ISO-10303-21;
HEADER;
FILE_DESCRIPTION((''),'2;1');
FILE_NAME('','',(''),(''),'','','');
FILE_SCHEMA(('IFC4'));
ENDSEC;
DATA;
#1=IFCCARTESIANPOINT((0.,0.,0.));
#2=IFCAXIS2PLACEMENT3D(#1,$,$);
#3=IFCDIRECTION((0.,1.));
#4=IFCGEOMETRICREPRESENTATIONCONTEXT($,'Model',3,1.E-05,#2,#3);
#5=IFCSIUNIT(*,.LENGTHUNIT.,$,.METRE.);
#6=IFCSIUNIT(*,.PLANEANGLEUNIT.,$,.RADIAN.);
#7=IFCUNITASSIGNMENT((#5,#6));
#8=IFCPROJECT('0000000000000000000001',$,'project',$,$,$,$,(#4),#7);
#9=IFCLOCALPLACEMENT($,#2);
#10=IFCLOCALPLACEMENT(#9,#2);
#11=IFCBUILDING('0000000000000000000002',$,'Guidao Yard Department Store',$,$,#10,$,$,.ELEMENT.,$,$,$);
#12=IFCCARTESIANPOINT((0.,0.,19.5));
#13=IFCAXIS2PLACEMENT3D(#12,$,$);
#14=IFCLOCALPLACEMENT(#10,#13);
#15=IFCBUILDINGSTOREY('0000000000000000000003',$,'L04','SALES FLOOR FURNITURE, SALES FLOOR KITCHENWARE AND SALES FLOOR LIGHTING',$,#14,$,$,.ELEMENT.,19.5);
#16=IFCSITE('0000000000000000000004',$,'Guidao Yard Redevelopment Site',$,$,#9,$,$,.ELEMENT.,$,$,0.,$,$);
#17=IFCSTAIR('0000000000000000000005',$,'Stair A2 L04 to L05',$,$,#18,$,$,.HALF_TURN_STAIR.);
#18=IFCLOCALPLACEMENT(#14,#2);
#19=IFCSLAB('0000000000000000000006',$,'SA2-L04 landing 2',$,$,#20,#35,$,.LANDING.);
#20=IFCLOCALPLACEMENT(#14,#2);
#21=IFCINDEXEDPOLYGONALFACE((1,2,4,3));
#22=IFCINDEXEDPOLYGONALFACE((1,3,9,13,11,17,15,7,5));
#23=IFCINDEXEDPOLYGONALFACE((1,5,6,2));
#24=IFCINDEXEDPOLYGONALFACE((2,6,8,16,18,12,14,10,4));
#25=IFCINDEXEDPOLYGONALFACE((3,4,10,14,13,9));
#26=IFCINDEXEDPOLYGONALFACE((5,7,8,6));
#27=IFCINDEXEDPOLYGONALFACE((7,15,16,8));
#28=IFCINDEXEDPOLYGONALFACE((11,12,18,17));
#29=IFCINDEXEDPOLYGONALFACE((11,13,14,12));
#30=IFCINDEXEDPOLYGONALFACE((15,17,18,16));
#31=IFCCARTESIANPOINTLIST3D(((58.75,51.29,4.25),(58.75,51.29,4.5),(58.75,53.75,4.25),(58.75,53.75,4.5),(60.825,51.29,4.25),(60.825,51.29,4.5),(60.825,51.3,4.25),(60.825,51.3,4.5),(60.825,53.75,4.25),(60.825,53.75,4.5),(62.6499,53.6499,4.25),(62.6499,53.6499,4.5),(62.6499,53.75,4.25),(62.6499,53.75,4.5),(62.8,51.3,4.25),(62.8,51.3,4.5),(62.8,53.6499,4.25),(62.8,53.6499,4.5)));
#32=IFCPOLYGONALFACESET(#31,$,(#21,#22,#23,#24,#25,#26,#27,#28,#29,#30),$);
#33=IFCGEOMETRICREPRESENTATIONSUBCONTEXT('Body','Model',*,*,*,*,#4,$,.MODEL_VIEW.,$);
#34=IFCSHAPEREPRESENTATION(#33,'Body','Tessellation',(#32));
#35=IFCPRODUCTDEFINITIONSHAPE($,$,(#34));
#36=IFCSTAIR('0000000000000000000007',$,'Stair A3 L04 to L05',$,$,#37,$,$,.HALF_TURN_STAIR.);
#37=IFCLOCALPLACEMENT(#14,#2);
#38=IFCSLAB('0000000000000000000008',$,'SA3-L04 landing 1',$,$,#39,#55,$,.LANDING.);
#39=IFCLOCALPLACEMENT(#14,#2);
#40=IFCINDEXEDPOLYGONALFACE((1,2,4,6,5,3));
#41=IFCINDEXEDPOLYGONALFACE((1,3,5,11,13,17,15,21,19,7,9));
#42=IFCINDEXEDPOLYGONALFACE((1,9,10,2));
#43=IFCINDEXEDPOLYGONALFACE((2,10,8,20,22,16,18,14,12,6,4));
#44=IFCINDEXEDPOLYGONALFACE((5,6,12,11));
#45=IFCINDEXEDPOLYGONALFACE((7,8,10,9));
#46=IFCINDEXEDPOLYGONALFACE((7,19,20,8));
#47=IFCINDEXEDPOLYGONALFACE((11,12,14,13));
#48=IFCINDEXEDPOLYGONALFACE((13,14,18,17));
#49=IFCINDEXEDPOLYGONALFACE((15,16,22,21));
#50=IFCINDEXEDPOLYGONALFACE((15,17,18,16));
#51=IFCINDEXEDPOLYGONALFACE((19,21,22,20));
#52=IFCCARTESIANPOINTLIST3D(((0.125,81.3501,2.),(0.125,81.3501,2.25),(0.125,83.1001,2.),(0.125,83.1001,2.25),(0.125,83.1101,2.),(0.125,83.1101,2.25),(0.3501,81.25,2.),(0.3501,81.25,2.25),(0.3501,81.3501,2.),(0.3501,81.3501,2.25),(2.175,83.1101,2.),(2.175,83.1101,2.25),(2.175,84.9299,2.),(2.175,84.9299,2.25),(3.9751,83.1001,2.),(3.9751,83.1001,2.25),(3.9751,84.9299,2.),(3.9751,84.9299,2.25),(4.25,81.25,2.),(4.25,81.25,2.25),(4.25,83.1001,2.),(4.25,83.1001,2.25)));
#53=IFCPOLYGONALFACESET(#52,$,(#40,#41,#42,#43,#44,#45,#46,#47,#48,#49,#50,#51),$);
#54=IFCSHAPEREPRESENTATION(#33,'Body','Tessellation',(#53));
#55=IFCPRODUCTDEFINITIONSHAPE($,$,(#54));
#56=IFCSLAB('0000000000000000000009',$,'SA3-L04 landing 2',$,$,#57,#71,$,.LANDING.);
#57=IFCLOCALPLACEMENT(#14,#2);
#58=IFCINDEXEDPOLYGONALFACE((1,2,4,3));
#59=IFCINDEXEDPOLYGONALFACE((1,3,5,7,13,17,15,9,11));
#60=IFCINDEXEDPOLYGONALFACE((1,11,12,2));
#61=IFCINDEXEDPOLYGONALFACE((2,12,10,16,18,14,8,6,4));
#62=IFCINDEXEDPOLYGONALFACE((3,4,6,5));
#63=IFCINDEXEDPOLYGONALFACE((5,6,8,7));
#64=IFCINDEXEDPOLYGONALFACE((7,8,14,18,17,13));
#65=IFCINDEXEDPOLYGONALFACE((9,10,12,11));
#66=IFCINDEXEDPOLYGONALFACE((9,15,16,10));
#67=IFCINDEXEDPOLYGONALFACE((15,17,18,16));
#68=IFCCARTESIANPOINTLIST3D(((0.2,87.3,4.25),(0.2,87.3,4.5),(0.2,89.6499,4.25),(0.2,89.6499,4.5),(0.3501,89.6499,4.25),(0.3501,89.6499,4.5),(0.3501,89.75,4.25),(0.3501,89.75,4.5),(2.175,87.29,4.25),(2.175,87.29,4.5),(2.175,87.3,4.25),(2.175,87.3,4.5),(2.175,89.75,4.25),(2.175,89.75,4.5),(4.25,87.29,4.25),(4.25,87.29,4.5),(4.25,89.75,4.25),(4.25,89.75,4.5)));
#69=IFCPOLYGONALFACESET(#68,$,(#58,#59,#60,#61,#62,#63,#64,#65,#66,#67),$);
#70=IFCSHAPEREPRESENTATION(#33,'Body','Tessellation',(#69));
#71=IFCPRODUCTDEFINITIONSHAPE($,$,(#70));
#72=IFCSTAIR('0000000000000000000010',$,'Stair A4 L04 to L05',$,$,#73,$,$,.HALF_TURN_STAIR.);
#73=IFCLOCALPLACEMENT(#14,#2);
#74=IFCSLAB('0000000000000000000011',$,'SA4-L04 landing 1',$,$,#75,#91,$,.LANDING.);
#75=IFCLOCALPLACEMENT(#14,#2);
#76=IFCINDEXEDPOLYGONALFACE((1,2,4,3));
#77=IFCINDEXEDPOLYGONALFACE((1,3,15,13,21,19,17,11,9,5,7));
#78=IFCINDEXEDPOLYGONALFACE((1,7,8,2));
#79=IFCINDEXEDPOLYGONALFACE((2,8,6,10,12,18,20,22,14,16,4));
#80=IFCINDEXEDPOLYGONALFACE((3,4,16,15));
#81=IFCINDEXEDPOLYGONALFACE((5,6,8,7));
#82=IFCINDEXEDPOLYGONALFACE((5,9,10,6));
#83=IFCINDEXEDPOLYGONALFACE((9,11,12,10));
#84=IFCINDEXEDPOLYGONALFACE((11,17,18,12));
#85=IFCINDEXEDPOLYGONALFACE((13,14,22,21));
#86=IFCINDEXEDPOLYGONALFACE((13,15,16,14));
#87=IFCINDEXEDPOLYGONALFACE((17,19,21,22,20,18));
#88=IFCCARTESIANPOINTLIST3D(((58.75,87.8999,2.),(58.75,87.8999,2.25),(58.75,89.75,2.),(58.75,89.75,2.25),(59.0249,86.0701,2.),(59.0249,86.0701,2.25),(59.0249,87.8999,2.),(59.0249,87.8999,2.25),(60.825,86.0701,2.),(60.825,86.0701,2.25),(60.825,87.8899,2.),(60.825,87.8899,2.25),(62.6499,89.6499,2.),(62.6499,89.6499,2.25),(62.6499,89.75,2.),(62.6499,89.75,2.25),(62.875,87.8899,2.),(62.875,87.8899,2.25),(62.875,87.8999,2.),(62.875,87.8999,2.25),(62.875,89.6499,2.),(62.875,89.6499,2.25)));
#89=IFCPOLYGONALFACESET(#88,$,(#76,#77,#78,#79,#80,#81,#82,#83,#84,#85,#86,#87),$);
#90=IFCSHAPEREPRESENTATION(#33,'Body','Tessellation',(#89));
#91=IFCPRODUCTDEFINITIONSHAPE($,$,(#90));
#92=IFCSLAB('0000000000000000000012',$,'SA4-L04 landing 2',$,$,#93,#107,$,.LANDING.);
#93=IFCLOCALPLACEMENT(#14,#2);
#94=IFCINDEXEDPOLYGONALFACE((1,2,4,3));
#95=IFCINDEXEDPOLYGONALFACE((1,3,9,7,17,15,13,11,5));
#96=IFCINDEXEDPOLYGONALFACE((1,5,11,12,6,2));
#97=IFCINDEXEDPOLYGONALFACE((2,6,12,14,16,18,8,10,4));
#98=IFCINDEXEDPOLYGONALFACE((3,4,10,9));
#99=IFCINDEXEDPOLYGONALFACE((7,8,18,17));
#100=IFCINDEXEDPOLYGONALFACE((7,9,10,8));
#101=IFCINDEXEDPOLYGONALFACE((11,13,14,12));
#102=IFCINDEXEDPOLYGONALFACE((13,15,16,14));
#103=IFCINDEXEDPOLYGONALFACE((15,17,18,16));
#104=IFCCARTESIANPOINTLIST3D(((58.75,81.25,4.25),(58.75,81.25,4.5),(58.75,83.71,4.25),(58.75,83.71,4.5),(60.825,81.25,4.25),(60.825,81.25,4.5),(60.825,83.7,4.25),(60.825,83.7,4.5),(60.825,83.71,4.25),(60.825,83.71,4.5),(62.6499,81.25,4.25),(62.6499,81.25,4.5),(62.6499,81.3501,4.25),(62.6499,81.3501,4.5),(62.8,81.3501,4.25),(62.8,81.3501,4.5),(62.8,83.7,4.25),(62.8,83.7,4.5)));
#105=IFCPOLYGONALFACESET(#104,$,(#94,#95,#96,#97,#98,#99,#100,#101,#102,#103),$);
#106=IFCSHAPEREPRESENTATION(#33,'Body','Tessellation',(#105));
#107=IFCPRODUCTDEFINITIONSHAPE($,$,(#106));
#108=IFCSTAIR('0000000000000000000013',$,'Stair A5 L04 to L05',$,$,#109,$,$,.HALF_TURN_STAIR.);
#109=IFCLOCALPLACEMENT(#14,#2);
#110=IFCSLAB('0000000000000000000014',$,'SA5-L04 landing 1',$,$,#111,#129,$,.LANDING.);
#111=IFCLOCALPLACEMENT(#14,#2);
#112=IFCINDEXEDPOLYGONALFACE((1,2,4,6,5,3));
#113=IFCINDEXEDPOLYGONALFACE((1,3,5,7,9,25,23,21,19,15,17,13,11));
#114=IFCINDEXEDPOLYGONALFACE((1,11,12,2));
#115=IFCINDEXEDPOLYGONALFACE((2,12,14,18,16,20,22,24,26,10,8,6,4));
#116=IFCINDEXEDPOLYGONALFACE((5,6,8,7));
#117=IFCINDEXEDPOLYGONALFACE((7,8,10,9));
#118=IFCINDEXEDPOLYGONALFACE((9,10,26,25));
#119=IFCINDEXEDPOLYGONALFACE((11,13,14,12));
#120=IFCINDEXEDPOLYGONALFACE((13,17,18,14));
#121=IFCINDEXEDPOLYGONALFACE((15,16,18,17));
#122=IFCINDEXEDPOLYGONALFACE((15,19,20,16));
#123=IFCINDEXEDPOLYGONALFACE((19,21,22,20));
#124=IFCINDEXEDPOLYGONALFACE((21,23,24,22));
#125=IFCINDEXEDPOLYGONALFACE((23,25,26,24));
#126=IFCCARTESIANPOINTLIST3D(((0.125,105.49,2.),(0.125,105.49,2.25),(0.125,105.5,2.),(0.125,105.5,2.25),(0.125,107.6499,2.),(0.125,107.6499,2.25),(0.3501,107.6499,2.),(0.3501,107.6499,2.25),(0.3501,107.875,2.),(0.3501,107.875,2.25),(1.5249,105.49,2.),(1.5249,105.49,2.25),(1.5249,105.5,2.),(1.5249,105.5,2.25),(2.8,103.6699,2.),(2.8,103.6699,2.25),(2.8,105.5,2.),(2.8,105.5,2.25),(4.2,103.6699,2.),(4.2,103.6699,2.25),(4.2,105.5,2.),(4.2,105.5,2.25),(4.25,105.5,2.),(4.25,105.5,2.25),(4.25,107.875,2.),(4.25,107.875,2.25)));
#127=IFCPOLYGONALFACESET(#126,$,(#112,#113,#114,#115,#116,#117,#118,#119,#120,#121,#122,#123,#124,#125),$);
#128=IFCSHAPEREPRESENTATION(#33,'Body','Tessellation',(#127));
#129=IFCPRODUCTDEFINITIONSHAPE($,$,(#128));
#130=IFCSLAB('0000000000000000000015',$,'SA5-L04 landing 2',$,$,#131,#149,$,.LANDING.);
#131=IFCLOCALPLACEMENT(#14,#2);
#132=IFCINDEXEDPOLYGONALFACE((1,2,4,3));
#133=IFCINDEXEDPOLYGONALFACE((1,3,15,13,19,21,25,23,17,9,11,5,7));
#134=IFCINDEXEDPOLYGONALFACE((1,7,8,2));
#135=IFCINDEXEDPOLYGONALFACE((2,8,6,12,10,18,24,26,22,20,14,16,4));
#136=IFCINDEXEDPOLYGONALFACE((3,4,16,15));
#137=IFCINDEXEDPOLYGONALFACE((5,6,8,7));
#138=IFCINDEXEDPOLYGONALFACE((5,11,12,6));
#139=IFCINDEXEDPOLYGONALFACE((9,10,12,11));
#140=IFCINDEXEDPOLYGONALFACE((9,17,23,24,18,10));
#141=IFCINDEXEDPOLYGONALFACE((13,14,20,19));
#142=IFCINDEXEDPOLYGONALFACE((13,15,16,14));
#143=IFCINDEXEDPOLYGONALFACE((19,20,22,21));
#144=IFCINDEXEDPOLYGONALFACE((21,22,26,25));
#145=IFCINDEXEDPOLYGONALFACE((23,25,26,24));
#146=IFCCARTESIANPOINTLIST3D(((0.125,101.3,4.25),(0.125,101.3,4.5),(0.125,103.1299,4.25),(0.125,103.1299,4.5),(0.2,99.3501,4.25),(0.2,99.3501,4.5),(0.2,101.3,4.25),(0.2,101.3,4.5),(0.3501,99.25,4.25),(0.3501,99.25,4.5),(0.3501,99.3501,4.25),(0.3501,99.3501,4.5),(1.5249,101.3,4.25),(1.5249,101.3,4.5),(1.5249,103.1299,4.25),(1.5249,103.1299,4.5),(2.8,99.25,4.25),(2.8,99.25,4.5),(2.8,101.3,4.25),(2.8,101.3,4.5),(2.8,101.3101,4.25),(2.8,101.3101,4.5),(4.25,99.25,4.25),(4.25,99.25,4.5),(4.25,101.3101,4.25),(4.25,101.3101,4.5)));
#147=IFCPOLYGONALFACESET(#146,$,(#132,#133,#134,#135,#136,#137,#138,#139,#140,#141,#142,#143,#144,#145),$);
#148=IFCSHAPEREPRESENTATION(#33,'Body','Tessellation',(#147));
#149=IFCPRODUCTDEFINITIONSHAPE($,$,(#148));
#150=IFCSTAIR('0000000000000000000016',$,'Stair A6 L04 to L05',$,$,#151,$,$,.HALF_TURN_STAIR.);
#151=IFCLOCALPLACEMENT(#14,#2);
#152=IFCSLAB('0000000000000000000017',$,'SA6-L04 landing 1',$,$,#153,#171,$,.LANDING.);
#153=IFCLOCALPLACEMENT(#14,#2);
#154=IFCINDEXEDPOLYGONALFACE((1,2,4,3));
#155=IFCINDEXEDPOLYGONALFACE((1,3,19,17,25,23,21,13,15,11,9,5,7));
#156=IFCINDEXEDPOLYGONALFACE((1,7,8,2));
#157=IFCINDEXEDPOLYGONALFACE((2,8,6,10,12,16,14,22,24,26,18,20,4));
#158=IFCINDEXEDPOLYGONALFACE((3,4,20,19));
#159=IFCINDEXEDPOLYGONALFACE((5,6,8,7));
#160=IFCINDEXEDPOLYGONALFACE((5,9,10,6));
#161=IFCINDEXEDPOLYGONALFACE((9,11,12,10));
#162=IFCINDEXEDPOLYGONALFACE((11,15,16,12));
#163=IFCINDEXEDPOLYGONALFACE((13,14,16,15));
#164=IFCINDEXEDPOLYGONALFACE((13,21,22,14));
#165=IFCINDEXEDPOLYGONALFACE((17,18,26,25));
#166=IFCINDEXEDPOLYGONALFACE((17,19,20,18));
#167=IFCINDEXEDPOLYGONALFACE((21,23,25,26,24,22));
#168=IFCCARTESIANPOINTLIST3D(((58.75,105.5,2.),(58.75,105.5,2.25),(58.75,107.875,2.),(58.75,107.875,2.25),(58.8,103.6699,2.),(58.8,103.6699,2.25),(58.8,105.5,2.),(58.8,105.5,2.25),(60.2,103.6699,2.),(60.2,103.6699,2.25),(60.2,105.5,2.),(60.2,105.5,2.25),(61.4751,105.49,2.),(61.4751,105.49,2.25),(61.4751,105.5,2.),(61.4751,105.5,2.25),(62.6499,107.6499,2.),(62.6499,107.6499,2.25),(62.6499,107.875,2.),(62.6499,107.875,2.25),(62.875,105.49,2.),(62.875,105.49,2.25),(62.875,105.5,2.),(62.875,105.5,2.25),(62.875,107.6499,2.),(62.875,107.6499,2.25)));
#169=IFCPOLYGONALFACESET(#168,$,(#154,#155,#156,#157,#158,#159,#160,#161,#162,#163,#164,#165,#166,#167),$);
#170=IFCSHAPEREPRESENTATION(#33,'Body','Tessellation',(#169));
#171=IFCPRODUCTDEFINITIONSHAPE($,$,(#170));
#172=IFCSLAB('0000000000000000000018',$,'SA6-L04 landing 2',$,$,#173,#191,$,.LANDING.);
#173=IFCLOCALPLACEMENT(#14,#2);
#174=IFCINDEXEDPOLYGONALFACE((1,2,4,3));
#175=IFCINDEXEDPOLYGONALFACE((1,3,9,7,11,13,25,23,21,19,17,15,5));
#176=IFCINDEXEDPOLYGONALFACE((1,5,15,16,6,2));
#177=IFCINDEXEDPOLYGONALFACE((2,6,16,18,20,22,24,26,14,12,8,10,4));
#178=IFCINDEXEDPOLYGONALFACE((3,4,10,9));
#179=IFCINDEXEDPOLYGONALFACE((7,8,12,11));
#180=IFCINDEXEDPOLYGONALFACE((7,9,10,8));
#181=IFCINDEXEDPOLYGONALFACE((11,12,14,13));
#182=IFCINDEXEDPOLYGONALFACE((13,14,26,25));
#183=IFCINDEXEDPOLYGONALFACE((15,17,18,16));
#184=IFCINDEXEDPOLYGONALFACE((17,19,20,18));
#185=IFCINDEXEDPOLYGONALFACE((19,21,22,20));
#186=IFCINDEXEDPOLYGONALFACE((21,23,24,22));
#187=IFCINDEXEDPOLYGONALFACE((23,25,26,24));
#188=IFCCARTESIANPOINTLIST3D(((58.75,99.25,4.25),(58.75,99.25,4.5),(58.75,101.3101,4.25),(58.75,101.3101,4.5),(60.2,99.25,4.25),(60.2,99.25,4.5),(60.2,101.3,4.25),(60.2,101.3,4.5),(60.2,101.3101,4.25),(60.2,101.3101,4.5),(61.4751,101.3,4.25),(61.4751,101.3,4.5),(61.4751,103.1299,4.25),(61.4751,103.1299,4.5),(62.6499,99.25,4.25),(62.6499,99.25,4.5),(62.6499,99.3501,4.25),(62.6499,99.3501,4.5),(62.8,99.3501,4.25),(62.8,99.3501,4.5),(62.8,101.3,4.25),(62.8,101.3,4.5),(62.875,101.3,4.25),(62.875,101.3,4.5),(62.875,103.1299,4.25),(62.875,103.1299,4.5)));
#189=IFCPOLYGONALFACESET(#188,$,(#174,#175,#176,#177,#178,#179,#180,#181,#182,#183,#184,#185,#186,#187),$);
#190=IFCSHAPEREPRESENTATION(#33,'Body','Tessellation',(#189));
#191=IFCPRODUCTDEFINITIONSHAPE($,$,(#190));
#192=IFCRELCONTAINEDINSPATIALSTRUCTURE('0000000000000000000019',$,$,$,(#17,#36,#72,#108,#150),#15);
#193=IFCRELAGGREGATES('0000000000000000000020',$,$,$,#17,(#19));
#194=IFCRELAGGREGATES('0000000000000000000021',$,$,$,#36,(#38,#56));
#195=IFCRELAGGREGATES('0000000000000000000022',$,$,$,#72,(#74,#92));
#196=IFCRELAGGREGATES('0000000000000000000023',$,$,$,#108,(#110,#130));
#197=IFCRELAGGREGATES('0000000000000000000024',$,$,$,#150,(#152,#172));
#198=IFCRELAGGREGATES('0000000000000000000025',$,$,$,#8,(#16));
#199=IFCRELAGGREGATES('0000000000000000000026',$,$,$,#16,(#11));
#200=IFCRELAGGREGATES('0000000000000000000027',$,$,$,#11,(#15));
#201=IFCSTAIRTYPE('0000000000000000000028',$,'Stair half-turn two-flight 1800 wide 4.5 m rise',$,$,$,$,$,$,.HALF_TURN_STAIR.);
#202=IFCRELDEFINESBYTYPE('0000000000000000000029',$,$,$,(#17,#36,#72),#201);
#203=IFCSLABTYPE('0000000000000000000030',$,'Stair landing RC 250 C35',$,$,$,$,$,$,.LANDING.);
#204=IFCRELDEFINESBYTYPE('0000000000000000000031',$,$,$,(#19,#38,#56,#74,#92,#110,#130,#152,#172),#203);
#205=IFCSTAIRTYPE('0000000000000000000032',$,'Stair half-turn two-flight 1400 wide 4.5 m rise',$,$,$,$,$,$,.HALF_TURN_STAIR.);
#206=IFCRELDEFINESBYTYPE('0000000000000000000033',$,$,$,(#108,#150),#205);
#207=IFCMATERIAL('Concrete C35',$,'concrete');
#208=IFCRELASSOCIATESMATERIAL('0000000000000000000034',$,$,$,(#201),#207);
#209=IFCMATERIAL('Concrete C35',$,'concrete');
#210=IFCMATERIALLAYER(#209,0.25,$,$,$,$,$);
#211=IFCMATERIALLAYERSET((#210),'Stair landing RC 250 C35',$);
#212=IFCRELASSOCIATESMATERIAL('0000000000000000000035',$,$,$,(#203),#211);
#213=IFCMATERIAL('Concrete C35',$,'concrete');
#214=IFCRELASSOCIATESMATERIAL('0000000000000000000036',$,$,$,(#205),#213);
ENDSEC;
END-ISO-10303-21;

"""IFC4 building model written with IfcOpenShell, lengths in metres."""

from ifc_helpers import new_model, si_unit, direction, frame, origin, place, context, subcontext, project, spatial, polyline, outline, extrude, material, layer, layer_set, type_object, element, aggregate, save


model = new_model("IFC4")

# Units and contexts
model_context = context("Model", 3, precision=1e-05, world=origin(), true_north=direction((0.0, 1.0)))
body_context = subcontext(model_context, "Body", "Model", "MODEL_VIEW")
ifc_project = project(units=[si_unit("LENGTHUNIT", "METRE"), si_unit("PLANEANGLEUNIT", "RADIAN")], contexts=[model_context])

# Site, building, storey
site_placement = place(None, origin())
site = spatial("IfcSite", under=ifc_project, at=site_placement, Name="Guidao Yard Redevelopment Site", CompositionType="ELEMENT", RefElevation=0.0)
building_placement = place(site_placement, origin())
building = spatial("IfcBuilding", under=site, at=building_placement, Name="Guidao Yard Department Store", CompositionType="ELEMENT")
storey_placement = place(building_placement, frame((0.0, 0.0, 19.5)))
storey = spatial("IfcBuildingStorey", under=building, at=storey_placement, Name="L04", Description="SALES FLOOR FURNITURE, SALES FLOOR KITCHENWARE AND SALES FLOOR LIGHTING", CompositionType="ELEMENT", Elevation=19.5)

# Stairs, slabs
ifc_material_1 = material(Name="Concrete C35", Category="concrete")
stair_type_1 = type_object("IfcStairType", Name="Stair half-turn two-flight 1800 wide 4.5 m rise", PredefinedType="HALF_TURN_STAIR", material=ifc_material_1)
ifc_material_2 = material(Name="Concrete C35", Category="concrete")
ifc_layer_1 = layer(ifc_material_2, 0.25)
ifc_layer_set_1 = layer_set([ifc_layer_1], Name="Stair landing RC 250 C35")
slab_type_1 = type_object("IfcSlabType", Name="Stair landing RC 250 C35", PredefinedType="LANDING", material=ifc_layer_set_1)
stair_1_placement = place(storey_placement, origin())
stair_1 = element("IfcStair", 1, at=stair_1_placement, inside=storey, type_object=stair_type_1, Name="Stair A2 L04 to L05", PredefinedType="HALF_TURN_STAIR")
slab_1_placement = place(storey_placement, frame((0.0, 0.0, 4.25)))
slab_1 = element("IfcSlab", 2, at=slab_1_placement, type_object=slab_type_1, Name="SA2-L04 landing 2", PredefinedType="LANDING", context=body_context, shape_type="SweptSolid", body=[
    extrude(outline(polyline([(58.75, 53.75), (60.825, 53.75), (62.6499, 53.75), (62.6499, 53.6499), (62.8, 53.6499), (62.8, 51.3), (60.825, 51.3), (60.825, 51.29), (58.75, 51.29), (58.75, 53.75)])), origin(), (0.0, 0.0, 1.0), 0.25),
])
aggregate(stair_1, [slab_1])
stair_2_placement = place(storey_placement, origin())
stair_2 = element("IfcStair", 3, at=stair_2_placement, inside=storey, type_object=stair_type_1, Name="Stair A3 L04 to L05", PredefinedType="HALF_TURN_STAIR")
slab_2_placement = place(storey_placement, frame((0.0, 0.0, 2.0)))
slab_2 = element("IfcSlab", 4, at=slab_2_placement, type_object=slab_type_1, Name="SA3-L04 landing 1", PredefinedType="LANDING", context=body_context, shape_type="SweptSolid", body=[
    extrude(outline(polyline([(0.3501, 81.25), (0.3501, 81.3501), (0.125, 81.3501), (0.125, 83.1001), (0.125, 83.1101), (2.175, 83.1101), (2.175, 84.9299), (3.9751, 84.9299), (3.9751, 83.1001), (4.25, 83.1001), (4.25, 81.25), (0.3501, 81.25)])), origin(), (0.0, 0.0, 1.0), 0.25),
])
slab_3_placement = place(storey_placement, frame((0.0, 0.0, 4.25)))
slab_3 = element("IfcSlab", 5, at=slab_3_placement, type_object=slab_type_1, Name="SA3-L04 landing 2", PredefinedType="LANDING", context=body_context, shape_type="SweptSolid", body=[
    extrude(outline(polyline([(2.175, 87.29), (2.175, 87.3), (0.2, 87.3), (0.2, 89.6499), (0.3501, 89.6499), (0.3501, 89.75), (2.175, 89.75), (4.25, 89.75), (4.25, 87.29), (2.175, 87.29)])), origin(), (0.0, 0.0, 1.0), 0.25),
])
aggregate(stair_2, [slab_2, slab_3])
stair_3_placement = place(storey_placement, origin())
stair_3 = element("IfcStair", 6, at=stair_3_placement, inside=storey, type_object=stair_type_1, Name="Stair A4 L04 to L05", PredefinedType="HALF_TURN_STAIR")
slab_4_placement = place(storey_placement, frame((0.0, 0.0, 2.0)))
slab_4 = element("IfcSlab", 7, at=slab_4_placement, type_object=slab_type_1, Name="SA4-L04 landing 1", PredefinedType="LANDING", context=body_context, shape_type="SweptSolid", body=[
    extrude(outline(polyline([(59.0249, 87.8999), (58.75, 87.8999), (58.75, 89.75), (62.6499, 89.75), (62.6499, 89.6499), (62.875, 89.6499), (62.875, 87.8999), (62.875, 87.8899), (60.825, 87.8899), (60.825, 86.0701), (59.0249, 86.0701), (59.0249, 87.8999)])), origin(), (0.0, 0.0, 1.0), 0.25),
])
slab_5_placement = place(storey_placement, frame((0.0, 0.0, 4.25)))
slab_5 = element("IfcSlab", 8, at=slab_5_placement, type_object=slab_type_1, Name="SA4-L04 landing 2", PredefinedType="LANDING", context=body_context, shape_type="SweptSolid", body=[
    extrude(outline(polyline([(62.6499, 81.3501), (62.6499, 81.25), (60.825, 81.25), (58.75, 81.25), (58.75, 83.71), (60.825, 83.71), (60.825, 83.7), (62.8, 83.7), (62.8, 81.3501), (62.6499, 81.3501)])), origin(), (0.0, 0.0, 1.0), 0.25),
])
aggregate(stair_3, [slab_4, slab_5])
ifc_material_3 = material(Name="Concrete C35", Category="concrete")
stair_type_2 = type_object("IfcStairType", Name="Stair half-turn two-flight 1400 wide 4.5 m rise", PredefinedType="HALF_TURN_STAIR", material=ifc_material_3)
stair_4_placement = place(storey_placement, origin())
stair_4 = element("IfcStair", 9, at=stair_4_placement, inside=storey, type_object=stair_type_2, Name="Stair A5 L04 to L05", PredefinedType="HALF_TURN_STAIR")
slab_6_placement = place(storey_placement, frame((0.0, 0.0, 2.0)))
slab_6 = element("IfcSlab", 10, at=slab_6_placement, type_object=slab_type_1, Name="SA5-L04 landing 1", PredefinedType="LANDING", context=body_context, shape_type="SweptSolid", body=[
    extrude(outline(polyline([(2.8, 105.5), (1.5249, 105.5), (1.5249, 105.49), (0.125, 105.49), (0.125, 105.5), (0.125, 107.6499), (0.3501, 107.6499), (0.3501, 107.875), (4.25, 107.875), (4.25, 105.5), (4.2, 105.5), (4.2, 103.6699), (2.8, 103.6699), (2.8, 105.5)])), origin(), (0.0, 0.0, 1.0), 0.25),
])
slab_7_placement = place(storey_placement, frame((0.0, 0.0, 4.25)))
slab_7 = element("IfcSlab", 11, at=slab_7_placement, type_object=slab_type_1, Name="SA5-L04 landing 2", PredefinedType="LANDING", context=body_context, shape_type="SweptSolid", body=[
    extrude(outline(polyline([(4.25, 101.3101), (4.25, 99.25), (2.8, 99.25), (0.3501, 99.25), (0.3501, 99.3501), (0.2, 99.3501), (0.2, 101.3), (0.125, 101.3), (0.125, 103.1299), (1.5249, 103.1299), (1.5249, 101.3), (2.8, 101.3), (2.8, 101.3101), (4.25, 101.3101)])), origin(), (0.0, 0.0, 1.0), 0.25),
])
aggregate(stair_4, [slab_6, slab_7])
stair_5_placement = place(storey_placement, origin())
stair_5 = element("IfcStair", 12, at=stair_5_placement, inside=storey, type_object=stair_type_2, Name="Stair A6 L04 to L05", PredefinedType="HALF_TURN_STAIR")
slab_8_placement = place(storey_placement, frame((0.0, 0.0, 2.0)))
slab_8 = element("IfcSlab", 13, at=slab_8_placement, type_object=slab_type_1, Name="SA6-L04 landing 1", PredefinedType="LANDING", context=body_context, shape_type="SweptSolid", body=[
    extrude(outline(polyline([(58.8, 105.5), (58.75, 105.5), (58.75, 107.875), (62.6499, 107.875), (62.6499, 107.6499), (62.875, 107.6499), (62.875, 105.5), (62.875, 105.49), (61.4751, 105.49), (61.4751, 105.5), (60.2, 105.5), (60.2, 103.6699), (58.8, 103.6699), (58.8, 105.5)])), origin(), (0.0, 0.0, 1.0), 0.25),
])
slab_9_placement = place(storey_placement, frame((0.0, 0.0, 4.25)))
slab_9 = element("IfcSlab", 14, at=slab_9_placement, type_object=slab_type_1, Name="SA6-L04 landing 2", PredefinedType="LANDING", context=body_context, shape_type="SweptSolid", body=[
    extrude(outline(polyline([(58.75, 99.25), (58.75, 101.3101), (60.2, 101.3101), (60.2, 101.3), (61.4751, 101.3), (61.4751, 103.1299), (62.875, 103.1299), (62.875, 101.3), (62.8, 101.3), (62.8, 99.3501), (62.6499, 99.3501), (62.6499, 99.25), (60.2, 99.25), (58.75, 99.25)])), origin(), (0.0, 0.0, 1.0), 0.25),
])
aggregate(stair_5, [slab_8, slab_9])

save(model, "model.ifc")
